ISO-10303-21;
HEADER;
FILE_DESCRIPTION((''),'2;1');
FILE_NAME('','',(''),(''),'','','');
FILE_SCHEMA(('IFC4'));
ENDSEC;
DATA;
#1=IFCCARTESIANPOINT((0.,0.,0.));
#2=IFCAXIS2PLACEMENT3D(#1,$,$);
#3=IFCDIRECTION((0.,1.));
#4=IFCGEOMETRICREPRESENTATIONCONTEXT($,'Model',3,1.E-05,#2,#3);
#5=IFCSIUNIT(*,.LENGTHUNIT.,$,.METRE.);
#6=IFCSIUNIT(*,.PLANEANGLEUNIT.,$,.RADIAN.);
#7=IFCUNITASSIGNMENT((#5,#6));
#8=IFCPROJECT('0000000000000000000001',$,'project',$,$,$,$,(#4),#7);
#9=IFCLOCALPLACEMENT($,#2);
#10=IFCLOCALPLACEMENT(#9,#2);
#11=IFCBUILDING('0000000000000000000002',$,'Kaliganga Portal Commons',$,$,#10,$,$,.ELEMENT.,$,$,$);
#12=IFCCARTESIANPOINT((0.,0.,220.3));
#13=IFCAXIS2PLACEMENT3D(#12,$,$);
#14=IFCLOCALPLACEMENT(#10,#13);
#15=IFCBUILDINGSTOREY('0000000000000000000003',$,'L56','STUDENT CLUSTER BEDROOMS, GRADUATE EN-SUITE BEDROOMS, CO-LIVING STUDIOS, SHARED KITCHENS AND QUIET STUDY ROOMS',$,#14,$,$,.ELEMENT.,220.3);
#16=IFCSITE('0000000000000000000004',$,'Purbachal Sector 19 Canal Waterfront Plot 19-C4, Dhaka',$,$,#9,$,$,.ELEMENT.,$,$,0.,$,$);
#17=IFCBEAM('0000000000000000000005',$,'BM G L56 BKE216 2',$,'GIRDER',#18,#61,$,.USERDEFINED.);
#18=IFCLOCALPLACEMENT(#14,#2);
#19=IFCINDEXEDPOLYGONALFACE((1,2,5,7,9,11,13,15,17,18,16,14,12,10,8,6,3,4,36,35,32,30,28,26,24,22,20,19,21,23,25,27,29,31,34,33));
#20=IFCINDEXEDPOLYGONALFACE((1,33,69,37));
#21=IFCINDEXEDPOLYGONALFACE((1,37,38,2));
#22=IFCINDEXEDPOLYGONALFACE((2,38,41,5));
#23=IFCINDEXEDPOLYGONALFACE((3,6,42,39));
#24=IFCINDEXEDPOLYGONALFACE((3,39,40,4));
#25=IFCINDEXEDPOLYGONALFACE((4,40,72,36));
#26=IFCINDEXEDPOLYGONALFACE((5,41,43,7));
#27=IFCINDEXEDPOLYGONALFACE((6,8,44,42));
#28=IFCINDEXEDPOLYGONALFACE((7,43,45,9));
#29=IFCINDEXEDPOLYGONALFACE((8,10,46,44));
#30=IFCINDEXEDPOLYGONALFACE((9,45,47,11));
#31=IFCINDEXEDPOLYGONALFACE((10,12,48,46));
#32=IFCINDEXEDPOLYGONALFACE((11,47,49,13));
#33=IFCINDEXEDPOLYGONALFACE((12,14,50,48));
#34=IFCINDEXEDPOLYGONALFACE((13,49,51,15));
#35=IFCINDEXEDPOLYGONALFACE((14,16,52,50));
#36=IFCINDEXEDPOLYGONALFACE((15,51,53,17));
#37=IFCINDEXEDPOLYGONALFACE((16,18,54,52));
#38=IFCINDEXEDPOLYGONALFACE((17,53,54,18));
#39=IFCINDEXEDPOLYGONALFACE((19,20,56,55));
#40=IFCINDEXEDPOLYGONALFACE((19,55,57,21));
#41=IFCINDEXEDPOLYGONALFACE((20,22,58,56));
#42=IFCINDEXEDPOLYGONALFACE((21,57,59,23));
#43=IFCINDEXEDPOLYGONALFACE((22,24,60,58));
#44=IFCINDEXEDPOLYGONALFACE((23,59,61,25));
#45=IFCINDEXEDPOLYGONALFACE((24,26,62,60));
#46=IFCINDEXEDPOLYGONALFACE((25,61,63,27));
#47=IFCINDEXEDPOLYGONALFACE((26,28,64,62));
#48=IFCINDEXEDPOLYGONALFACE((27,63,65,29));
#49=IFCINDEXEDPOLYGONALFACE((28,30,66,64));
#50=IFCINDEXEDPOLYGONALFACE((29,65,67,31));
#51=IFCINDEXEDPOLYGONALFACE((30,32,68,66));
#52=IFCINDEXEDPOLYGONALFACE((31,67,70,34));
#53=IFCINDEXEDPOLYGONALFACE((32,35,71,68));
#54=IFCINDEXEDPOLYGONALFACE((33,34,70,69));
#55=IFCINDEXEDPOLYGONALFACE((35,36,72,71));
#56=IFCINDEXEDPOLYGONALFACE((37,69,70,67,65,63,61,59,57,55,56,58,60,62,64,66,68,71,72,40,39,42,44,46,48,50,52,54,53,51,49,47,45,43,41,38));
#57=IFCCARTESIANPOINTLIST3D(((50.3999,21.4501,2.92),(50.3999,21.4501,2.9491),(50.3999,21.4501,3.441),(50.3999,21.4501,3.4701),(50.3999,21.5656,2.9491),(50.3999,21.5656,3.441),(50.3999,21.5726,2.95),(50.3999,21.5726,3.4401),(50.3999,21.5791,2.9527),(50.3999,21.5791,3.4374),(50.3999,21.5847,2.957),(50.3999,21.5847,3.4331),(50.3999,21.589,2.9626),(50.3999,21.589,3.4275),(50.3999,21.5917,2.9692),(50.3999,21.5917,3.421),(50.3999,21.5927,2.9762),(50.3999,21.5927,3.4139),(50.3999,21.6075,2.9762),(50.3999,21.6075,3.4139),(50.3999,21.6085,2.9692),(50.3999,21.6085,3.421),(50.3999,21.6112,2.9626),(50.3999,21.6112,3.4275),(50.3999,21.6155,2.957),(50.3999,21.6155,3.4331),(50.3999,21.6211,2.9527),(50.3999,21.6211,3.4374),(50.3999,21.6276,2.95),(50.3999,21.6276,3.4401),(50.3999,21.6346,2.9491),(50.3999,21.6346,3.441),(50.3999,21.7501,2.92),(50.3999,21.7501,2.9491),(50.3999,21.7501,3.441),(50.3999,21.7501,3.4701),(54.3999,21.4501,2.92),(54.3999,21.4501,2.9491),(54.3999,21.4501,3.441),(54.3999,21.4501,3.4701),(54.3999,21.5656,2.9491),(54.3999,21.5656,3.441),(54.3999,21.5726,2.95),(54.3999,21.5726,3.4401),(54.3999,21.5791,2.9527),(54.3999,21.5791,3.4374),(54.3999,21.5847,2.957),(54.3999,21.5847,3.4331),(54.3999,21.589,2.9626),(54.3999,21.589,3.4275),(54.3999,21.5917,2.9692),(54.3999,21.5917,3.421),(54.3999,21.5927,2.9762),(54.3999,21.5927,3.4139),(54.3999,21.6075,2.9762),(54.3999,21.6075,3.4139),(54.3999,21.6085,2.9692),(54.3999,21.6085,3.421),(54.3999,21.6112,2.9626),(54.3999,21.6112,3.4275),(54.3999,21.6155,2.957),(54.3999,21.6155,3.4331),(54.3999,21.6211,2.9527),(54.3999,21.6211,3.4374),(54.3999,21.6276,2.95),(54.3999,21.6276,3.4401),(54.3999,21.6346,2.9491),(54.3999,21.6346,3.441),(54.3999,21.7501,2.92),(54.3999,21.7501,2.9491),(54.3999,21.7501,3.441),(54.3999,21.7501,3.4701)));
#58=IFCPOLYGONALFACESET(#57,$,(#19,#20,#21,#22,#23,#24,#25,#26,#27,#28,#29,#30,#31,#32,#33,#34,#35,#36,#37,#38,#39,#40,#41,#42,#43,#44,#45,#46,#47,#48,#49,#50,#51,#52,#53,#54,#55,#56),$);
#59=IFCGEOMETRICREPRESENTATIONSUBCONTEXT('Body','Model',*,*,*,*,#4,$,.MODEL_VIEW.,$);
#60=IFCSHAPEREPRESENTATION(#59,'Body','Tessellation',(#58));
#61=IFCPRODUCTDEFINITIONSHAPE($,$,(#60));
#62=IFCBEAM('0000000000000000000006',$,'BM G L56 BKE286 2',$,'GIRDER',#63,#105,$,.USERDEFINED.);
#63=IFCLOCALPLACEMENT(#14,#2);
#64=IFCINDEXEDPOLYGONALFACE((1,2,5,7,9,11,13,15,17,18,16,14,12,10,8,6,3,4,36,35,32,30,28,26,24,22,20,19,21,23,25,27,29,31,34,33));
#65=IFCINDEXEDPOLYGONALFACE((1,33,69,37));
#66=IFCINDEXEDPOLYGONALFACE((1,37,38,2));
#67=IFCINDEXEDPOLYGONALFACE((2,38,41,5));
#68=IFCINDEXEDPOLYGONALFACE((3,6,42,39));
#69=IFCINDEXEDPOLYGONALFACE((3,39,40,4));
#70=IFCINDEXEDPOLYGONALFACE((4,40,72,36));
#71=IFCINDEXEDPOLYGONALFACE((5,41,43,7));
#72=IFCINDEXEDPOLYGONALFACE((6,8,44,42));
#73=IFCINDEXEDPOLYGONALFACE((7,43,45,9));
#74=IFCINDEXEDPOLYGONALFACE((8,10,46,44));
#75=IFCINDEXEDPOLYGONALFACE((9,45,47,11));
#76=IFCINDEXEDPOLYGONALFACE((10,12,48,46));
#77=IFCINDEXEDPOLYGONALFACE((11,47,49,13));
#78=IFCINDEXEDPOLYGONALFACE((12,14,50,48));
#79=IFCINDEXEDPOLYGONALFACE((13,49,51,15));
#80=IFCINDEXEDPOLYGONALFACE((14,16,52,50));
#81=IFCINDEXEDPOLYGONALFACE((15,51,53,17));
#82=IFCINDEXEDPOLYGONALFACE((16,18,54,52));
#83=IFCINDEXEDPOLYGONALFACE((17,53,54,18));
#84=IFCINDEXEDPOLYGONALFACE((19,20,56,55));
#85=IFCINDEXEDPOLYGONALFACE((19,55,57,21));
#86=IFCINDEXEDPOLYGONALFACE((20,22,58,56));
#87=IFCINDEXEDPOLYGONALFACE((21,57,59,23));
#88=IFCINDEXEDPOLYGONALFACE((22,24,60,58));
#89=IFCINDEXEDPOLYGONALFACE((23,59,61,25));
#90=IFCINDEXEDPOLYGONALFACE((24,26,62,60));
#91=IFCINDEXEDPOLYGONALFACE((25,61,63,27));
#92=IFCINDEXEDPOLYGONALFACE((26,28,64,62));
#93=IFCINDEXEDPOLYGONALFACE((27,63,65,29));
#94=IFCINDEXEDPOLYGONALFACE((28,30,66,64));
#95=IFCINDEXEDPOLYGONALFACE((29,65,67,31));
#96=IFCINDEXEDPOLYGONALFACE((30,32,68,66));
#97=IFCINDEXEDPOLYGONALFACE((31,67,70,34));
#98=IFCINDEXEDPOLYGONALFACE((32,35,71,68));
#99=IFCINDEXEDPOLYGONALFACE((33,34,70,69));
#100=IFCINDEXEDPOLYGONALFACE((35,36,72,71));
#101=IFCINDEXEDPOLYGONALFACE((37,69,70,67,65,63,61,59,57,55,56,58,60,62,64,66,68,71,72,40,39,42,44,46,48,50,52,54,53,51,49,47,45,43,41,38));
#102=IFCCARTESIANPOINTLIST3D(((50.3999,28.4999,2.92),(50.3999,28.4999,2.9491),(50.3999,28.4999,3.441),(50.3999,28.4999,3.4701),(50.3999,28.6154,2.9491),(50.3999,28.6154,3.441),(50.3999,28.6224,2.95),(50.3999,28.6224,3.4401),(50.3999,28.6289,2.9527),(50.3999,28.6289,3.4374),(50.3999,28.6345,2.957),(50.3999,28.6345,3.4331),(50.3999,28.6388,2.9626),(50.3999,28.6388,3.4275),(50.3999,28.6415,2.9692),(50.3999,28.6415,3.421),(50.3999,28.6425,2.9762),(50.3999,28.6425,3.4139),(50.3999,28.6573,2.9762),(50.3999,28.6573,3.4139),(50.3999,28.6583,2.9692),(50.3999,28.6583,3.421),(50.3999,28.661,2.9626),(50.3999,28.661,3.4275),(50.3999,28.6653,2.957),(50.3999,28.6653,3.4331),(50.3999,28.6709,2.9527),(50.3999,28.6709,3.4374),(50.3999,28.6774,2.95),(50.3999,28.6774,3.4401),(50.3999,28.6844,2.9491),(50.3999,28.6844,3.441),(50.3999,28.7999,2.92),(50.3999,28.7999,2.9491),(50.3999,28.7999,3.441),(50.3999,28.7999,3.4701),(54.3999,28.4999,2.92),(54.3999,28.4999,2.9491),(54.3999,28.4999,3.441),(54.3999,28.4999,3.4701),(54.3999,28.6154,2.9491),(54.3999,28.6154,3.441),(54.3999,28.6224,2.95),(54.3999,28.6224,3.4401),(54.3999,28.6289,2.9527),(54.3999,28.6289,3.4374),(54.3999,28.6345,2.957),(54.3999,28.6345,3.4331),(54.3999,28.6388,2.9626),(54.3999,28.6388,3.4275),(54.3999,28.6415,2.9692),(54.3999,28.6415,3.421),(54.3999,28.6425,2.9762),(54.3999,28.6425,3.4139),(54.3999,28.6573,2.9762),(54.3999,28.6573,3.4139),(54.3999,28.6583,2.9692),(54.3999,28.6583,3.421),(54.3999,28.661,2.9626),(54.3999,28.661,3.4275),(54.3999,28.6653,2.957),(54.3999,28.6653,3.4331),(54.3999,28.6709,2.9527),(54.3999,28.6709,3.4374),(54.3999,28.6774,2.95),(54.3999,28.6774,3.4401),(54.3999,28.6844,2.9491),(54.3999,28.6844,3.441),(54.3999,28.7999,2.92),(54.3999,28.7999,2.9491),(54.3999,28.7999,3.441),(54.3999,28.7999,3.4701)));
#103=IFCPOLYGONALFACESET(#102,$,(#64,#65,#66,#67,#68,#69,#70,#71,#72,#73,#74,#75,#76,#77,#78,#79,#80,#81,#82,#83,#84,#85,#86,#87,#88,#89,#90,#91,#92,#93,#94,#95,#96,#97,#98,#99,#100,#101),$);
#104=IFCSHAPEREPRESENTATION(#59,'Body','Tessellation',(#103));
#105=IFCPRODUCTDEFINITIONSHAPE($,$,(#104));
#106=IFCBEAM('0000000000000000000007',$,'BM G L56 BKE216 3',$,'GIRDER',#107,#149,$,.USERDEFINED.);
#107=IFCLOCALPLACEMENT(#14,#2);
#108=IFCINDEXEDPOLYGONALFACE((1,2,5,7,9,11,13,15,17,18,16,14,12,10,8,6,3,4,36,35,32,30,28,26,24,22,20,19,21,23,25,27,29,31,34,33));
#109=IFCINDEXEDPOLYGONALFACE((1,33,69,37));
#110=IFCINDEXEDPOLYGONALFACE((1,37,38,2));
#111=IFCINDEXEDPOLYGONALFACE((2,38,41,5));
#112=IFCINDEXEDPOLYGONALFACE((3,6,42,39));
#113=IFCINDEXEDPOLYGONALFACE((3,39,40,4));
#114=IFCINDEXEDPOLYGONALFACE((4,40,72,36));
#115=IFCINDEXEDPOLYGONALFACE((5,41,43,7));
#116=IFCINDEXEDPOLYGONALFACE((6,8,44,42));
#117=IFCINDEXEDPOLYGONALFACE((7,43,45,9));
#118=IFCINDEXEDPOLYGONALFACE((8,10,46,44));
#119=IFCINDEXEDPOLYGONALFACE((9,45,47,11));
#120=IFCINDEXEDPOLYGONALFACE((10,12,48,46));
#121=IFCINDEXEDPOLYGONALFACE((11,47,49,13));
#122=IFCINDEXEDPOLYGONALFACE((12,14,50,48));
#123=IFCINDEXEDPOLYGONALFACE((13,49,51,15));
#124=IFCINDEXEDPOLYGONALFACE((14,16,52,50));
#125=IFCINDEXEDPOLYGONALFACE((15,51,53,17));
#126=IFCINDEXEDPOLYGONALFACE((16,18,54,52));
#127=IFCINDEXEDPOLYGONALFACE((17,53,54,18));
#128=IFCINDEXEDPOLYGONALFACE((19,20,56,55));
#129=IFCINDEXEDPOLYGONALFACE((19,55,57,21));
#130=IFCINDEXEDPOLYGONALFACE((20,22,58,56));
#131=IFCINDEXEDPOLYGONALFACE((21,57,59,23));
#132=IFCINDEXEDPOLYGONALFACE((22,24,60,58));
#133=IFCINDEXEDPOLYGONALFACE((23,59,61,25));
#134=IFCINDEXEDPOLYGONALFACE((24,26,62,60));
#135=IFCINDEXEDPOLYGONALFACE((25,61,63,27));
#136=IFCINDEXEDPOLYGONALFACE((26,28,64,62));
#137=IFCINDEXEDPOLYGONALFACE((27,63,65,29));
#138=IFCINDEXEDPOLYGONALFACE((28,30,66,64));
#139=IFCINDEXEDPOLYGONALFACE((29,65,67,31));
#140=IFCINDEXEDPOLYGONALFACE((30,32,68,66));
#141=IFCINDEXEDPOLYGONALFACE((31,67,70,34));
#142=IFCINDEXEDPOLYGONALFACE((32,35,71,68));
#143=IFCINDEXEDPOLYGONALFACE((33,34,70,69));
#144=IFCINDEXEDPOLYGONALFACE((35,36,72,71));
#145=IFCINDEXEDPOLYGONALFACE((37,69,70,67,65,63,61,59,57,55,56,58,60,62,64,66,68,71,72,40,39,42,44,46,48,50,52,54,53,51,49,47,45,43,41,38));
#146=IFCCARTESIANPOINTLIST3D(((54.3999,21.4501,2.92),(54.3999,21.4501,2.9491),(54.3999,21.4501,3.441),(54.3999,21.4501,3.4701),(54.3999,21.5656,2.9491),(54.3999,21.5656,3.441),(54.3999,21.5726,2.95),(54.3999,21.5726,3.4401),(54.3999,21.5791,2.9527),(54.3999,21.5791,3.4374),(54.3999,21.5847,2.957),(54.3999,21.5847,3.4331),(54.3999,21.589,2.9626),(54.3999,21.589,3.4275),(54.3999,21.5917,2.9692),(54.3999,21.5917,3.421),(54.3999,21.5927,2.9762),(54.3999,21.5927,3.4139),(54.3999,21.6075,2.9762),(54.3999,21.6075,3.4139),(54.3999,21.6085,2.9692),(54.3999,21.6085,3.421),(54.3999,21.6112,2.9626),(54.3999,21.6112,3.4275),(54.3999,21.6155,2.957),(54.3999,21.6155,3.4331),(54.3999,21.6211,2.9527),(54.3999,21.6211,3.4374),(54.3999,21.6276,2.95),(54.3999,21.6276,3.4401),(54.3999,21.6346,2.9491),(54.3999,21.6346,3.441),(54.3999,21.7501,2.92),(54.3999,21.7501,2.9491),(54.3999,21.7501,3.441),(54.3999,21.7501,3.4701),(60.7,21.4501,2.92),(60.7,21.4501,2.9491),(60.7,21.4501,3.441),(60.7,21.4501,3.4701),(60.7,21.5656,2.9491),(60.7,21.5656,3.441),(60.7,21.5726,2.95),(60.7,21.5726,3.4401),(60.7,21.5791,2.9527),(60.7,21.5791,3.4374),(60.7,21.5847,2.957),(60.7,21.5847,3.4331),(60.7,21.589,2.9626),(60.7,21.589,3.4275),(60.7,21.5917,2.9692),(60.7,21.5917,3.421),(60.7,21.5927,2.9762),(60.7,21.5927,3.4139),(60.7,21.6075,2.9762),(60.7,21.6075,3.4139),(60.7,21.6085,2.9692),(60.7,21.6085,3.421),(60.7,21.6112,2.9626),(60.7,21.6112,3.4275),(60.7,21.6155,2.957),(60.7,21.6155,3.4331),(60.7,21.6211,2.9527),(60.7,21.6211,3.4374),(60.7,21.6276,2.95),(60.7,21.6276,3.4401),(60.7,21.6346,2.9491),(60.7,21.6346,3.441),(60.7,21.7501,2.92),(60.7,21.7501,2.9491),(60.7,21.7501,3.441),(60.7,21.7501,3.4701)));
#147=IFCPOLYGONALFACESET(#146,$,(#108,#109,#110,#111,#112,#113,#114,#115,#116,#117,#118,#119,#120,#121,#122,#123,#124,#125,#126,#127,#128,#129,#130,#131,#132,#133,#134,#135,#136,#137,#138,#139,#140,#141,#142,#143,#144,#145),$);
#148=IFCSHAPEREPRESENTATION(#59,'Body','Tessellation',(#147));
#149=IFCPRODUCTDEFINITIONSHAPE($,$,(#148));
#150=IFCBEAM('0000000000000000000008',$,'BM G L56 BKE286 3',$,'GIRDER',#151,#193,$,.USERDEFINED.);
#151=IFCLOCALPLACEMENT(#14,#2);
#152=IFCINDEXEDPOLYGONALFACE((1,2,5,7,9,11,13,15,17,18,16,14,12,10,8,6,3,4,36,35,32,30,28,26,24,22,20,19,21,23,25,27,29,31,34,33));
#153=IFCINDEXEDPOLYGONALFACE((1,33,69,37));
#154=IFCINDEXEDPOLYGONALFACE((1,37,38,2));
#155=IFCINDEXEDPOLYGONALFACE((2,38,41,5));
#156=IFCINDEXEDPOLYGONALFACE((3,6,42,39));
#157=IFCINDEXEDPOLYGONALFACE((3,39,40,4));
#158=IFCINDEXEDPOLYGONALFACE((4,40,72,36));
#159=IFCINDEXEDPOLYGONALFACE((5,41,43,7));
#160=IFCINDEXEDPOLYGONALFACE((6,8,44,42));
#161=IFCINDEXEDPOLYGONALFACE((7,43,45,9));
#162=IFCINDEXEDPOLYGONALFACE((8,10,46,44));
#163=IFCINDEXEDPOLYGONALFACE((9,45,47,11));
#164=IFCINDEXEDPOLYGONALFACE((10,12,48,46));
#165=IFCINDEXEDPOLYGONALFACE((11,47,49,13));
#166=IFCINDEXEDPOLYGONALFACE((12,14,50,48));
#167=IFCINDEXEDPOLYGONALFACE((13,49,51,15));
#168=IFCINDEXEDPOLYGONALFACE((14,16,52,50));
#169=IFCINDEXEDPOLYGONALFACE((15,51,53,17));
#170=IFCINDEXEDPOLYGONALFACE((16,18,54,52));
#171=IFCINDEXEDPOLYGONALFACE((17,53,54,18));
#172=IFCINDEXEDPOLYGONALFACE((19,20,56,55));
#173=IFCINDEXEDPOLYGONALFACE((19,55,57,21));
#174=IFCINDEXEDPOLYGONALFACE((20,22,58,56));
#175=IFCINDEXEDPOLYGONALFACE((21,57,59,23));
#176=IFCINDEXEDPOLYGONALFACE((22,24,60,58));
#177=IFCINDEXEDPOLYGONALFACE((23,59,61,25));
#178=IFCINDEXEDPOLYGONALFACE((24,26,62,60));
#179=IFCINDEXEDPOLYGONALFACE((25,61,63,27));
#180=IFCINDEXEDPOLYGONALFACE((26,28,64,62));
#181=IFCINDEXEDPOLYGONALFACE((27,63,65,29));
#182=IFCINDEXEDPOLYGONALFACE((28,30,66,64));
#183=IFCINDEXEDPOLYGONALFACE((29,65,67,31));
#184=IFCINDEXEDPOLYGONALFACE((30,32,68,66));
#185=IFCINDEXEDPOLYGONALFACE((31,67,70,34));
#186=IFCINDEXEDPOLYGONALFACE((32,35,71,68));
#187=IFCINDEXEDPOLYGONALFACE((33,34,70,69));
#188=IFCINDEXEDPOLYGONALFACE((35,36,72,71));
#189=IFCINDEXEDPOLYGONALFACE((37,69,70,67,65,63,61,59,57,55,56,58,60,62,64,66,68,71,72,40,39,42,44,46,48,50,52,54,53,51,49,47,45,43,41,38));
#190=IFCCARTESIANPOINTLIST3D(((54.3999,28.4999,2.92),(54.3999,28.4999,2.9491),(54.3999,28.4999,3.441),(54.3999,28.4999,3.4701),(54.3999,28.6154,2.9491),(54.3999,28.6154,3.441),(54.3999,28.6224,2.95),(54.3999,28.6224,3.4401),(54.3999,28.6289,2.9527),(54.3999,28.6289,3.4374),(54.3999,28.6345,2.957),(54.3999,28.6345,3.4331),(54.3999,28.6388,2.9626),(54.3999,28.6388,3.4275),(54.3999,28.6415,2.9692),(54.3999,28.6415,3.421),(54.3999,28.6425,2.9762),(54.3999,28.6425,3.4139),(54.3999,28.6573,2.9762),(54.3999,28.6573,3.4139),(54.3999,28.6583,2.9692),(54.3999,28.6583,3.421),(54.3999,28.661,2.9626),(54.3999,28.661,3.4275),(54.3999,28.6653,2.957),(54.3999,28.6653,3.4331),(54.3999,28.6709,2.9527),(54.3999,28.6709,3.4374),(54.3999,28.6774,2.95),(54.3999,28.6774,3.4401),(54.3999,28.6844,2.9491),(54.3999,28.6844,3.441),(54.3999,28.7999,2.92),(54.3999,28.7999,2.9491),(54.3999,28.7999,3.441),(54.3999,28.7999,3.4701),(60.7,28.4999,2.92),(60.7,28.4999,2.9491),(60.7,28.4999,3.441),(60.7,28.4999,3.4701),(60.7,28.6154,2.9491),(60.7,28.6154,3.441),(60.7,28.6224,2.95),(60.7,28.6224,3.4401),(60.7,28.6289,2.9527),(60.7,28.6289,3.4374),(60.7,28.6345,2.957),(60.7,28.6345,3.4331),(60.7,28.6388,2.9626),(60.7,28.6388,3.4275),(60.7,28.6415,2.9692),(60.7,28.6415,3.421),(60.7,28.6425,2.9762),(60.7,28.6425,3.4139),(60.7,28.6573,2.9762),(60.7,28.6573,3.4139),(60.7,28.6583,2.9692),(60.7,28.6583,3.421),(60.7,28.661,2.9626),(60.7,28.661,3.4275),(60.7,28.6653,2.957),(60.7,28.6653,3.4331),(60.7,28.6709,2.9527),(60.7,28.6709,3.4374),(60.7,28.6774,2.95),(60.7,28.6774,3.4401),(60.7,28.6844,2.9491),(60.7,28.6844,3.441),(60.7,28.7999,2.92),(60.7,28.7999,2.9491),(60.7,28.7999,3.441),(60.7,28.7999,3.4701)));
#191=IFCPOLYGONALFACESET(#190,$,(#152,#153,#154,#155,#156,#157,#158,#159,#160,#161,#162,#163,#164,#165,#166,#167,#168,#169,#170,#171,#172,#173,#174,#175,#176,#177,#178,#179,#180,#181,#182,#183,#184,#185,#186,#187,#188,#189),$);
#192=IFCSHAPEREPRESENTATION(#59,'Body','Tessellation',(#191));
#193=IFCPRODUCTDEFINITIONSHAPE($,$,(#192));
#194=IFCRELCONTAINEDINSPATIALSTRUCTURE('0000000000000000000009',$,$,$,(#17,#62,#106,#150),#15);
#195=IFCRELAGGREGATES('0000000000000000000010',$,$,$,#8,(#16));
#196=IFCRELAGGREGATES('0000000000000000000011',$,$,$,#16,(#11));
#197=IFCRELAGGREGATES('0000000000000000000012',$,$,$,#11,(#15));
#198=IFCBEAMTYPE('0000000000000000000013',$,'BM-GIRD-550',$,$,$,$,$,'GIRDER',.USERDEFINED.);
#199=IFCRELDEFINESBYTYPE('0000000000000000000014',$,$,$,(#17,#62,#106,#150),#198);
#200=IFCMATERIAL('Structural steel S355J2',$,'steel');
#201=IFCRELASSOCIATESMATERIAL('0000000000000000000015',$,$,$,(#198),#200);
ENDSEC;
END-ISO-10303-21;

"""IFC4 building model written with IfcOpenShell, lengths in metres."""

from ifc_helpers import new_model, si_unit, direction, frame, origin, origin_2d, place, context, subcontext, project, spatial, i_section, extrude, source, transform, mapped, material, material_profile, profile_set, type_object, element, save


model = new_model("IFC4")

# Units and contexts
model_context = context("Model", 3, precision=1e-05, world=origin(), true_north=direction((0.0, 1.0)))
body_context = subcontext(model_context, "Body", "Model", "MODEL_VIEW")
ifc_project = project(units=[si_unit("LENGTHUNIT", "METRE"), si_unit("PLANEANGLEUNIT", "RADIAN")], contexts=[model_context])

# Site, building, storey
site_placement = place(None, origin())
site = spatial("IfcSite", under=ifc_project, at=site_placement, Name="Purbachal Sector 19 Canal Waterfront Plot 19-C4, Dhaka", CompositionType="ELEMENT", RefElevation=0.0)
building_placement = place(site_placement, origin())
building = spatial("IfcBuilding", under=site, at=building_placement, Name="Kaliganga Portal Commons", CompositionType="ELEMENT")
storey_placement = place(building_placement, frame((0.0, 0.0, 220.3)))
storey = spatial("IfcBuildingStorey", under=building, at=storey_placement, Name="L56", Description="STUDENT CLUSTER BEDROOMS, GRADUATE EN-SUITE BEDROOMS, CO-LIVING STUDIOS, SHARED KITCHENS AND QUIET STUDY ROOMS", CompositionType="ELEMENT", Elevation=220.3)

# Shared definitions
ifc_material_1 = material(Name="Structural steel S355J2", Category="steel")

# Beams
ifc_material_profile_1 = material_profile(ifc_material_1, i_section(OverallWidth=0.3, OverallDepth=0.55, WebThickness=0.0149, FlangeThickness=0.0291, FilletRadius=0.0271, at=origin_2d()), Name="HE 550 B")
ifc_profile_set_1 = profile_set([ifc_material_profile_1], Name="Structural steel S355J2 wide-flange")
beam_type_1 = type_object("IfcBeamType", Name="BM-GIRD-550", ElementType="GIRDER", PredefinedType="USERDEFINED", material=ifc_profile_set_1)
shared_shape_1 = source(origin(), body_context, "Body", "SweptSolid", [
    extrude(i_section(OverallWidth=0.3, OverallDepth=0.55, WebThickness=0.0149, FlangeThickness=0.0291, FilletRadius=0.0271, at=origin_2d()), origin(), (0.0, 0.0, 1.0), 4.0),
])
for number, where, z_axis, x_axis, name in (
    (1, (50.3999, 21.6001, 3.1951), (1.0, 0.0, 0.0), (0.0, 1.0, 0.0), "BM G L56 BKE216 2"),
    (2, (50.3999, 28.6499, 3.1951), (1.0, 0.0, 0.0), (0.0, 1.0, 0.0), "BM G L56 BKE286 2"),
):
    element("IfcBeam", number, at=place(storey_placement, frame(where, z_axis=z_axis, x_axis=x_axis)), inside=storey, type_object=beam_type_1, Name=name, ObjectType="GIRDER", PredefinedType="USERDEFINED", context=body_context, shape_type="MappedRepresentation", body=[
        mapped(shared_shape_1, transform((0.0, 0.0, 0.0), x_axis=(1.0, 0.0, 0.0), y_axis=(0.0, 1.0, 0.0), z_axis=(0.0, 0.0, 1.0), scale=1.0)),
    ])
shared_shape_2 = source(origin(), body_context, "Body", "SweptSolid", [
    extrude(i_section(OverallWidth=0.3, OverallDepth=0.55, WebThickness=0.0149, FlangeThickness=0.0291, FilletRadius=0.0271, at=origin_2d()), origin(), (0.0, 0.0, 1.0), 6.3),
])
for number, where, z_axis, x_axis, name in (
    (3, (54.3999, 21.6001, 3.1951), (1.0, 0.0, 0.0), (0.0, 1.0, 0.0), "BM G L56 BKE216 3"),
    (4, (54.3999, 28.6499, 3.1951), (1.0, 0.0, 0.0), (0.0, 1.0, 0.0), "BM G L56 BKE286 3"),
):
    element("IfcBeam", number, at=place(storey_placement, frame(where, z_axis=z_axis, x_axis=x_axis)), inside=storey, type_object=beam_type_1, Name=name, ObjectType="GIRDER", PredefinedType="USERDEFINED", context=body_context, shape_type="MappedRepresentation", body=[
        mapped(shared_shape_2, transform((0.0, 0.0, 0.0), x_axis=(1.0, 0.0, 0.0), y_axis=(0.0, 1.0, 0.0), z_axis=(0.0, 0.0, 1.0), scale=1.0)),
    ])

save(model, "model.ifc")
